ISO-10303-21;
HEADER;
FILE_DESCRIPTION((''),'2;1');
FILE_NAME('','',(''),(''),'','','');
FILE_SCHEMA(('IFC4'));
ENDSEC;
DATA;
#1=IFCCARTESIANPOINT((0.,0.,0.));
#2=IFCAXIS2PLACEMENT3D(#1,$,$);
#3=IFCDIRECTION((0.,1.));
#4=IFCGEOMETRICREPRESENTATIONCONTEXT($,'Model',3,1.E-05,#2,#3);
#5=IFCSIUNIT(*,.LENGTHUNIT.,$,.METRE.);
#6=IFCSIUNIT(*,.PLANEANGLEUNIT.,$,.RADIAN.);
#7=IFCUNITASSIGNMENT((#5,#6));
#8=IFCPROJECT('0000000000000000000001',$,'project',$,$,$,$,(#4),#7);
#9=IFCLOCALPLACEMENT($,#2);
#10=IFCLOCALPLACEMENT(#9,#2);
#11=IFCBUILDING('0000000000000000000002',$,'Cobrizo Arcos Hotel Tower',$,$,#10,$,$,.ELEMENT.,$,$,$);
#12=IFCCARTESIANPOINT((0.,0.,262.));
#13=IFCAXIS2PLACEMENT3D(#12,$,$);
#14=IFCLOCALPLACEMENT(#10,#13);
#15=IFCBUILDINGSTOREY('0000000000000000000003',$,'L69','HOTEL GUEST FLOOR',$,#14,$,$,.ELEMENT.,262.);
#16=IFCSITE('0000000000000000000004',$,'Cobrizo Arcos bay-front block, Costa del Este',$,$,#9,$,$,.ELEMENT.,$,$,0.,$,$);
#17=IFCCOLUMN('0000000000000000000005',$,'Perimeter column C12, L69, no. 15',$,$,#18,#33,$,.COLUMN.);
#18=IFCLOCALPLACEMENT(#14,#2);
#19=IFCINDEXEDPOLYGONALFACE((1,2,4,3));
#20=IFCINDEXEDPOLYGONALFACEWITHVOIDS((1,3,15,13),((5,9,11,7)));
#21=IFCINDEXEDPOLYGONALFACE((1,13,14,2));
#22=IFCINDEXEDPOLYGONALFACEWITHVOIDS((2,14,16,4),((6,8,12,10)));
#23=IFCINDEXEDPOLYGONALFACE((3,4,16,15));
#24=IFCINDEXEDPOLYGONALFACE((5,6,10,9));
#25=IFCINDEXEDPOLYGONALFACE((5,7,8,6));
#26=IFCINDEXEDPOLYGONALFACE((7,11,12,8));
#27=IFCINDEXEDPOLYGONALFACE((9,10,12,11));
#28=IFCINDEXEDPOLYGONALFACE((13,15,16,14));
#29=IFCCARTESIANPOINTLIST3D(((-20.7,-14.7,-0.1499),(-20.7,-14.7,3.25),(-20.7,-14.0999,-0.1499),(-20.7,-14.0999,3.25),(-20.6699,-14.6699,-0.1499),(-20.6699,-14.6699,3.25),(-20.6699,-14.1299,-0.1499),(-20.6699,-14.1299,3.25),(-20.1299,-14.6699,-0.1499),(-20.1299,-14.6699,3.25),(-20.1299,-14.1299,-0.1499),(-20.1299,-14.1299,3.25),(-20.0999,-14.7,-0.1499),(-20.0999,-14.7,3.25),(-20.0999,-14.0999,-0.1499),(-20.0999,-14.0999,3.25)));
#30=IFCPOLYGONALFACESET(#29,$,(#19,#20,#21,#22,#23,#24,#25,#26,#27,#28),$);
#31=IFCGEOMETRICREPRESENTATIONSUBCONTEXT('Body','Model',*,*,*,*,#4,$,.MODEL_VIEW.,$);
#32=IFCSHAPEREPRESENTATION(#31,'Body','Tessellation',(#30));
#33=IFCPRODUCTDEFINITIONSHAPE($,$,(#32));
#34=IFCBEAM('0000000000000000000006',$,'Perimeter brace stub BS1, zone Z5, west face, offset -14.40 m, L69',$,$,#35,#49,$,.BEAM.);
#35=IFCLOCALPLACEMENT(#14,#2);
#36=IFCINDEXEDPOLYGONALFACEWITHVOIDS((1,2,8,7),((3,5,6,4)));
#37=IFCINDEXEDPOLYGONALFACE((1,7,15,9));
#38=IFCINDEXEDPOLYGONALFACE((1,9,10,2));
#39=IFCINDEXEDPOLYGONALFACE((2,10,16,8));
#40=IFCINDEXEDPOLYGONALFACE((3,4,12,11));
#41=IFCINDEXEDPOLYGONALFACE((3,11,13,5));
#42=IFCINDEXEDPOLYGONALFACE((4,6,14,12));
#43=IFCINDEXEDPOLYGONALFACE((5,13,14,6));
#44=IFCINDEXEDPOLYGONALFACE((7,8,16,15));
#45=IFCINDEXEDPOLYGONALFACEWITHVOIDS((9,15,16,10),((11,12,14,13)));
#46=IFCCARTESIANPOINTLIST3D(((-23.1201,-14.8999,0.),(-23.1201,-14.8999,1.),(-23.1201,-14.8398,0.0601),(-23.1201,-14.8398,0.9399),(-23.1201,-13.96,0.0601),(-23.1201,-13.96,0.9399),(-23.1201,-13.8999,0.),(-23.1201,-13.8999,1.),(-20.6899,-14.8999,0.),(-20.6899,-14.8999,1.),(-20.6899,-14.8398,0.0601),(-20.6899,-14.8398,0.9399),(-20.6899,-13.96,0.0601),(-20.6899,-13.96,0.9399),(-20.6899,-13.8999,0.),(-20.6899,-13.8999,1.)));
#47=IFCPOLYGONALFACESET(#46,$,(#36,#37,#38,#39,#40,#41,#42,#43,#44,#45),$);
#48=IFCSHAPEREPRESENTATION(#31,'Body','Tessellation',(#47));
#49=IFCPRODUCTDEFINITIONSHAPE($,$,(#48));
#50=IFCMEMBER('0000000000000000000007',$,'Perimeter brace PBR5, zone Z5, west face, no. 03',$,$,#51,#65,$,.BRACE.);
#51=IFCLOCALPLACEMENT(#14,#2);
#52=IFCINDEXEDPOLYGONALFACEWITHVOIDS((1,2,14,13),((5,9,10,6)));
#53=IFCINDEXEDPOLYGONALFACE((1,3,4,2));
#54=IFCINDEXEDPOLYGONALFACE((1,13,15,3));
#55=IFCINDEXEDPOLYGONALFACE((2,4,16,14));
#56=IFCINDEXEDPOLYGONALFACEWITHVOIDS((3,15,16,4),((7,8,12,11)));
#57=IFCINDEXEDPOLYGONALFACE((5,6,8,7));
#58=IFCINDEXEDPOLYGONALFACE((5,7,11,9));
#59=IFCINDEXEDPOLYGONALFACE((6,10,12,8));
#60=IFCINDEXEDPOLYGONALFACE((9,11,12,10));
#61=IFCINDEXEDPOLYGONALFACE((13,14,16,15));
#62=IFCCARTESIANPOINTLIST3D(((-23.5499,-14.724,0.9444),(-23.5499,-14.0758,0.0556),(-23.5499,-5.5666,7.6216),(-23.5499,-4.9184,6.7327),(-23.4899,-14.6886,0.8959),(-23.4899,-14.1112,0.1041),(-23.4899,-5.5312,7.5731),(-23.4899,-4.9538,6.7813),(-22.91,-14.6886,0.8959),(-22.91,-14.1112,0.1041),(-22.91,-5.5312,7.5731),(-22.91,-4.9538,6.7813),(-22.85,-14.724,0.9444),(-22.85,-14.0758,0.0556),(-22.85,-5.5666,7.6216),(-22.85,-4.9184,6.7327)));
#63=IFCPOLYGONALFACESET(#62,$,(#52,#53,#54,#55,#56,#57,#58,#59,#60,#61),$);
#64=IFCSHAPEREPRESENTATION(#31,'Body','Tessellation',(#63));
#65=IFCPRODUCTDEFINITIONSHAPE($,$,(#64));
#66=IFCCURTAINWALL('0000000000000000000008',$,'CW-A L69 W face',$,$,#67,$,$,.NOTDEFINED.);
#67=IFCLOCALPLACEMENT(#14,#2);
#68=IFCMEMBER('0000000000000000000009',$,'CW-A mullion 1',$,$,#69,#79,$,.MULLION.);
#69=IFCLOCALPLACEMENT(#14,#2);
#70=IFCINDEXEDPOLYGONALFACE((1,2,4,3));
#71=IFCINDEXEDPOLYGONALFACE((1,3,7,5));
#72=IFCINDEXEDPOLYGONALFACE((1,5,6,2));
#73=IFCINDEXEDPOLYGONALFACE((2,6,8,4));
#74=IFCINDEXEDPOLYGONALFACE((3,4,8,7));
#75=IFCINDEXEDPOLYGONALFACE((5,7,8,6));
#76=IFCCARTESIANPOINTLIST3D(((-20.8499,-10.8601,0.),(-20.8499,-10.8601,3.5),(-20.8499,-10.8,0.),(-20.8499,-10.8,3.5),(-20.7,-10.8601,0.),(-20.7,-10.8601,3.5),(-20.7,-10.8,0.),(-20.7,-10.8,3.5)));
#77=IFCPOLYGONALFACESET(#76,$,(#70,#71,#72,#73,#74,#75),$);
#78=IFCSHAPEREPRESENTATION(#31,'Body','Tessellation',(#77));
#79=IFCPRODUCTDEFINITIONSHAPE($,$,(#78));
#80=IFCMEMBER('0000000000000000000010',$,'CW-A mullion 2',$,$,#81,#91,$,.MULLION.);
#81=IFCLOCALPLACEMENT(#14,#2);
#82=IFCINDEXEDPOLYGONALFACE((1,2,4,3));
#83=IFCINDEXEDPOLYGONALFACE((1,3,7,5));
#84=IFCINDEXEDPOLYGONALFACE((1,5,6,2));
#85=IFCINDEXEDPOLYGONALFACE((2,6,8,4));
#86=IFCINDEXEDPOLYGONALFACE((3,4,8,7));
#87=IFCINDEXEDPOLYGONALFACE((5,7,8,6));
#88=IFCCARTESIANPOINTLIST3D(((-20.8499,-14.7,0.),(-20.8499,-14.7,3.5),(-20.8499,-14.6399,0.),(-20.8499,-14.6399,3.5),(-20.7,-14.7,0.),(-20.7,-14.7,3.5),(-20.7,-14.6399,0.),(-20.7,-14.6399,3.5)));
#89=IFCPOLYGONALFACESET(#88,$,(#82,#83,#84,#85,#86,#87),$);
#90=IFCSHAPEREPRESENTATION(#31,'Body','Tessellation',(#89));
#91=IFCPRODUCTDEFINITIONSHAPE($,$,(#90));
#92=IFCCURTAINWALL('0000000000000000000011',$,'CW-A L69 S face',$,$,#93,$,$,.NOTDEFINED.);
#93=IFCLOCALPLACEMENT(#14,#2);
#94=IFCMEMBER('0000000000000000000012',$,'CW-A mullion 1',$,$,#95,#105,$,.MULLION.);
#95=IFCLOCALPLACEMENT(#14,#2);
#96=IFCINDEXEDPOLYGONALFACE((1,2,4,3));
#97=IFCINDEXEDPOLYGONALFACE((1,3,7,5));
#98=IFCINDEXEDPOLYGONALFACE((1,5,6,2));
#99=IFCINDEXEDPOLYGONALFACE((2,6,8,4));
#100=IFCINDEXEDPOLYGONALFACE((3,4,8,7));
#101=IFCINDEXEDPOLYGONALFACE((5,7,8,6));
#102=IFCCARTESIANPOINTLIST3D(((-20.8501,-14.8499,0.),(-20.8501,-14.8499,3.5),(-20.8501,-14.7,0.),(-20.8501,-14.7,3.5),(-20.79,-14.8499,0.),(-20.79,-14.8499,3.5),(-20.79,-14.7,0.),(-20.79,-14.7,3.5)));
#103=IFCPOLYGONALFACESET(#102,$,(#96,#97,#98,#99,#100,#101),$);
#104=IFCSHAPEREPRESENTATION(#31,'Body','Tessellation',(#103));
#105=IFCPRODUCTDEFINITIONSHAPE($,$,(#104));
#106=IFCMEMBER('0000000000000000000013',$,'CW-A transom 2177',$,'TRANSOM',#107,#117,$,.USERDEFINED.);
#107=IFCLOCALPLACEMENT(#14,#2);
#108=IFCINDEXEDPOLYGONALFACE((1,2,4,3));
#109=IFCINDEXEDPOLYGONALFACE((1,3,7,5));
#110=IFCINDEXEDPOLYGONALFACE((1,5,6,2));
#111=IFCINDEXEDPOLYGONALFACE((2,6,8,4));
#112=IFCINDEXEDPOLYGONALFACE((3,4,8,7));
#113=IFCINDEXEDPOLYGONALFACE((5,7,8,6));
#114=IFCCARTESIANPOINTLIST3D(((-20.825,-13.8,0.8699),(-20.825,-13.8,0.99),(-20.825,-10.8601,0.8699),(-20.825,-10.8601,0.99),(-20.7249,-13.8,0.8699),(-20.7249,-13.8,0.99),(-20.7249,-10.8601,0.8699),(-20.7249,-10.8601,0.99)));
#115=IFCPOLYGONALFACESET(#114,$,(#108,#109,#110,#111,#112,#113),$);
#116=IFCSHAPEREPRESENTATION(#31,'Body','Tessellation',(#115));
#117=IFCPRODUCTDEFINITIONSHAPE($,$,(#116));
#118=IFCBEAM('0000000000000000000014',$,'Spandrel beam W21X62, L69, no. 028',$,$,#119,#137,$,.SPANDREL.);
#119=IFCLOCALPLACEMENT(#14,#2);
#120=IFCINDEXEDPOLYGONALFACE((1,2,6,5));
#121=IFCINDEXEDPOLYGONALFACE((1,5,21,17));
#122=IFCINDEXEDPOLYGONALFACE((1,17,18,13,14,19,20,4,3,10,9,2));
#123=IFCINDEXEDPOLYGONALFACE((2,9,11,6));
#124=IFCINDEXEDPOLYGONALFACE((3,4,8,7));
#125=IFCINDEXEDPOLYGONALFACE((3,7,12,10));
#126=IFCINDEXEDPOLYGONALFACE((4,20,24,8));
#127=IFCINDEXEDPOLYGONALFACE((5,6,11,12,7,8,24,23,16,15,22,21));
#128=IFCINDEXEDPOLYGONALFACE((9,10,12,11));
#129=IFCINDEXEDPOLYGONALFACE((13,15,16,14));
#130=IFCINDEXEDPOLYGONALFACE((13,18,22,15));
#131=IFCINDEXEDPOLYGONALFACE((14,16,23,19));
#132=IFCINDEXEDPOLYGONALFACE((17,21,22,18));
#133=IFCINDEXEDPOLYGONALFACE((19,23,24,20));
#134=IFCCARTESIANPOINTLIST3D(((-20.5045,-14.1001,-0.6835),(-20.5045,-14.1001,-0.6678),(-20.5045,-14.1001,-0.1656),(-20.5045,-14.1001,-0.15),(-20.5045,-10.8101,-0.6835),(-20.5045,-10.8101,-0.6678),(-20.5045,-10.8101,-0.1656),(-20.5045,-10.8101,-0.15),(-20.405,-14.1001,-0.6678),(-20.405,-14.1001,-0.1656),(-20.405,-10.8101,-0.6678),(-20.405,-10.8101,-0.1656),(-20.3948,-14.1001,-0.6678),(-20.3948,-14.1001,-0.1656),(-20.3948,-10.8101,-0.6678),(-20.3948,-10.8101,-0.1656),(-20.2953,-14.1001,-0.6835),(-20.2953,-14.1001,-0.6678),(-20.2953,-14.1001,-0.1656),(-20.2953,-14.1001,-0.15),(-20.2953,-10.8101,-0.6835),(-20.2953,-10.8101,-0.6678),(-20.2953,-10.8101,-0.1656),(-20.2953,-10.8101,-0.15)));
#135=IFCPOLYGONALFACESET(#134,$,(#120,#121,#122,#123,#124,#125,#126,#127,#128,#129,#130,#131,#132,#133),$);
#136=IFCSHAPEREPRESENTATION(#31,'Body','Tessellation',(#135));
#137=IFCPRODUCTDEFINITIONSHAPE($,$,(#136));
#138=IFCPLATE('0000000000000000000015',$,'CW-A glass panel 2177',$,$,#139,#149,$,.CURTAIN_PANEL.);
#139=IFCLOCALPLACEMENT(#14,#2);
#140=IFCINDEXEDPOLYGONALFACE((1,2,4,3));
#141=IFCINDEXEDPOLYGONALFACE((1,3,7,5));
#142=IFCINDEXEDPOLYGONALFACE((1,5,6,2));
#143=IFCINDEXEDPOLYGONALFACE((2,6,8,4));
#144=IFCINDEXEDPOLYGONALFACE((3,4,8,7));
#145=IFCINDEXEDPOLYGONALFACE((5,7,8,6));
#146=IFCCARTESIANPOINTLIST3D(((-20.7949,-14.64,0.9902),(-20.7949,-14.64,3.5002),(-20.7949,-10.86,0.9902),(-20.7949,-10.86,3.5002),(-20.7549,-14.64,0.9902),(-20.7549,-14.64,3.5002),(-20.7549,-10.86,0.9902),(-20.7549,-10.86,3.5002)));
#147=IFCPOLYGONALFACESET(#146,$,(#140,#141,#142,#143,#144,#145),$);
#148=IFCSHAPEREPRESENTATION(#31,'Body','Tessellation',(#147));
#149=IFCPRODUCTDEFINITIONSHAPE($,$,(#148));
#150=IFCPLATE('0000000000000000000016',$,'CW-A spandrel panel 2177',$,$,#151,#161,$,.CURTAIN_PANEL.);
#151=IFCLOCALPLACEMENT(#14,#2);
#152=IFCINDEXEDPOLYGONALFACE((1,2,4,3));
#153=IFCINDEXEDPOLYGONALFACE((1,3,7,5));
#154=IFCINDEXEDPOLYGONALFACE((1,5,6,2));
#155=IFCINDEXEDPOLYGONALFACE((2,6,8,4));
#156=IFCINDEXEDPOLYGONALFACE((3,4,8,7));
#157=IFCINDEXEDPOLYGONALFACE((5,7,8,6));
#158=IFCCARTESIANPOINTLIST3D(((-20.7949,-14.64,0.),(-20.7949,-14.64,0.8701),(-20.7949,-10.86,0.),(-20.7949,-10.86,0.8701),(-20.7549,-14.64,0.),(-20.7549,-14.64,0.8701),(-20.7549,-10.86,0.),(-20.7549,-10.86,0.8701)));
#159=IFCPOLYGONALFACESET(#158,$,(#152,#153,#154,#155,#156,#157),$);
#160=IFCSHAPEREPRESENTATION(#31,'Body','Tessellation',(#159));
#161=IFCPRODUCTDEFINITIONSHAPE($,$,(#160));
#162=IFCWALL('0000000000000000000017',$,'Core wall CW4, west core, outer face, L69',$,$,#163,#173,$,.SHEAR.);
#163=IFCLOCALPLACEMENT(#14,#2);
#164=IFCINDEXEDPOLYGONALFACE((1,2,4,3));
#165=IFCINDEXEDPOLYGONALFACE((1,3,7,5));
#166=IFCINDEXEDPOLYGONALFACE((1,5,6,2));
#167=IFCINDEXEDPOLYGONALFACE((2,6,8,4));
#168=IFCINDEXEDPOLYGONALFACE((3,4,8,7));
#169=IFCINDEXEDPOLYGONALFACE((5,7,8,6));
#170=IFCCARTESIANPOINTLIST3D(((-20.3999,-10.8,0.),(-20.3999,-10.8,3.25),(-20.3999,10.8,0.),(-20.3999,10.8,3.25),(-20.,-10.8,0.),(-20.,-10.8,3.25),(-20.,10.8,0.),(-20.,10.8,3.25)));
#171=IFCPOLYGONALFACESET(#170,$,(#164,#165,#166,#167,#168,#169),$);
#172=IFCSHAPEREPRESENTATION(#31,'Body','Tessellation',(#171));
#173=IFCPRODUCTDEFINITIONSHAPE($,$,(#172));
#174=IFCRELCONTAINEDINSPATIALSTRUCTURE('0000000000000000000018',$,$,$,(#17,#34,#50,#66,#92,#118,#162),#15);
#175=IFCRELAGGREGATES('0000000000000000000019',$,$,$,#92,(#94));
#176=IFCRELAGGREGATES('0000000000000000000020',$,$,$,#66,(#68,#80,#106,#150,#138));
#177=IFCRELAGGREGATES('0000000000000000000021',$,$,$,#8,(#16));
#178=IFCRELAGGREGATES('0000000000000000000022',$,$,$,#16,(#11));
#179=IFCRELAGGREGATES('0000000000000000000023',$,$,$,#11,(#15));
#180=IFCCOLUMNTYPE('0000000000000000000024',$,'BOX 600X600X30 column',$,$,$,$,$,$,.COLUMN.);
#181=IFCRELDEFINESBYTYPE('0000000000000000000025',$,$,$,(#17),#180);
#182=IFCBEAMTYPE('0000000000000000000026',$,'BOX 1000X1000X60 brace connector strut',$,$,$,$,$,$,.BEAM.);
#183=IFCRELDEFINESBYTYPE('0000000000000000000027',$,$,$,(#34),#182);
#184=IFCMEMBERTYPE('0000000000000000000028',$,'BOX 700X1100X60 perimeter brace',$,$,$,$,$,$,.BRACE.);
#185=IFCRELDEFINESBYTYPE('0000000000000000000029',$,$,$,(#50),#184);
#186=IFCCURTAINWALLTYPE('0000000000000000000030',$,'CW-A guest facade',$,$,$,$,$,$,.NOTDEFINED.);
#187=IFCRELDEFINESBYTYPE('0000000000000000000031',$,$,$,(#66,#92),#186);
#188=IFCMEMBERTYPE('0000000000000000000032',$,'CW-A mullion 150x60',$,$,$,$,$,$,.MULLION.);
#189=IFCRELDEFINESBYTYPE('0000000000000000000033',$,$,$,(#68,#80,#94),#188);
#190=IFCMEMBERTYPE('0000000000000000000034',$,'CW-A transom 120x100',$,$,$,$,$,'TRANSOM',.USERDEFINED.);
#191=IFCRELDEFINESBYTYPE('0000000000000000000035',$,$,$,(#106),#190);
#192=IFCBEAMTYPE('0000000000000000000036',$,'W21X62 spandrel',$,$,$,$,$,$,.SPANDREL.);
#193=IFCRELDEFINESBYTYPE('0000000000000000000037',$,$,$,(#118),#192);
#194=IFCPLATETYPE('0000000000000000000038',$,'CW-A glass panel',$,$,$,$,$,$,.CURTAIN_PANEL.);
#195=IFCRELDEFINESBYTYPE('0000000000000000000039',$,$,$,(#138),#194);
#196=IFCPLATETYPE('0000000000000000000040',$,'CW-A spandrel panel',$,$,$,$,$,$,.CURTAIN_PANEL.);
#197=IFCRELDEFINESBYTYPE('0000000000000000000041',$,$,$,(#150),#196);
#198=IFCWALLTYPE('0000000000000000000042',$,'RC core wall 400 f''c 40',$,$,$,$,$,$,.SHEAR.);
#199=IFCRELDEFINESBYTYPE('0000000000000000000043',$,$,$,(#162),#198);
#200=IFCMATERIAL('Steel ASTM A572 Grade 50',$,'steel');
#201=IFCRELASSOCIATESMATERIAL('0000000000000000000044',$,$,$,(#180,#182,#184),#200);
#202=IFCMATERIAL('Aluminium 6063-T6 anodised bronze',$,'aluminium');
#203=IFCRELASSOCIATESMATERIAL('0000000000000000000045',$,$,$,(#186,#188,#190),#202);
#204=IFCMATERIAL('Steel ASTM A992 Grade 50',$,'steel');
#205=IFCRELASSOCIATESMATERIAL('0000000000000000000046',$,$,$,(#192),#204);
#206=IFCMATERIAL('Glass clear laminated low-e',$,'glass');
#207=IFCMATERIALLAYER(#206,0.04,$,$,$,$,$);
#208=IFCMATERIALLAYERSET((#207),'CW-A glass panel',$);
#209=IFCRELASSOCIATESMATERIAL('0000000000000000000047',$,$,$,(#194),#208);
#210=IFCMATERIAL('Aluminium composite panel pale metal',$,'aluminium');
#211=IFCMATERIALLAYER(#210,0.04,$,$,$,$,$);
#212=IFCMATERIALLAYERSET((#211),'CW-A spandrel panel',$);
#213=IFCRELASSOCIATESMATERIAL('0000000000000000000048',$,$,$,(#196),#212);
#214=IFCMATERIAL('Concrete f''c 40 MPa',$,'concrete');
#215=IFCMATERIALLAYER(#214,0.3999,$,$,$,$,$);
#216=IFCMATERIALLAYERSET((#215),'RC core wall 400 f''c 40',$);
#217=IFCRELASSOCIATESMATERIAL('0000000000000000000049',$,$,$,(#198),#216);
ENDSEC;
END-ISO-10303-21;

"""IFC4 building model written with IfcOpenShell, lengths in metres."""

from ifc_helpers import new_model, si_unit, direction, frame, frame_2d, origin, origin_2d, place, context, subcontext, project, spatial, rectangle, hollow_rectangle, i_section, extrude, material, layer, layer_set, material_profile, profile_set, type_object, element, aggregate, save


model = new_model("IFC4")

# Units and contexts
model_context = context("Model", 3, precision=1e-05, world=origin(), true_north=direction((0.0, 1.0)))
body_context = subcontext(model_context, "Body", "Model", "MODEL_VIEW")
ifc_project = project(units=[si_unit("LENGTHUNIT", "METRE"), si_unit("PLANEANGLEUNIT", "RADIAN")], contexts=[model_context])

# Site, building, storey
site_placement = place(None, origin())
site = spatial("IfcSite", under=ifc_project, at=site_placement, Name="Cobrizo Arcos bay-front block, Costa del Este", CompositionType="ELEMENT", RefElevation=0.0)
building_placement = place(site_placement, origin())
building = spatial("IfcBuilding", under=site, at=building_placement, Name="Cobrizo Arcos Hotel Tower", CompositionType="ELEMENT")
storey_placement = place(building_placement, frame((0.0, 0.0, 262.0)))
storey = spatial("IfcBuildingStorey", under=building, at=storey_placement, Name="L69", Description="HOTEL GUEST FLOOR", CompositionType="ELEMENT", Elevation=262.0)

# Column
ifc_material_1 = material(Name="Steel ASTM A572 Grade 50", Category="steel")
ifc_material_profile_1 = material_profile(ifc_material_1, hollow_rectangle(XDim=0.6001, YDim=0.6001, WallThickness=0.03, at=origin_2d()), Name="BOX 600X600X30")
ifc_profile_set_1 = profile_set([ifc_material_profile_1], Name="Steel ASTM A572 Grade 50")
column_type = type_object("IfcColumnType", Name="BOX 600X600X30 column", PredefinedType="COLUMN", material=ifc_profile_set_1)
column_placement = place(storey_placement, frame((-20.3999, -14.3999, -0.1499), z_axis=(0.0, 0.0, 1.0), x_axis=(1.0, 0.0, 0.0)))
element("IfcColumn", 1, at=column_placement, inside=storey, type_object=column_type, Name="Perimeter column C12, L69, no. 15", PredefinedType="COLUMN", context=body_context, shape_type="SweptSolid", body=[
    extrude(hollow_rectangle(XDim=0.6001, YDim=0.6001, WallThickness=0.03, at=origin_2d()), origin(), (0.0, 0.0, 1.0), 3.3999),
])

# Beam
ifc_material_profile_2 = material_profile(ifc_material_1, hollow_rectangle(XDim=1.0, YDim=1.0, WallThickness=0.0601, at=origin_2d()), Name="BOX 1000X1000X60")
ifc_profile_set_2 = profile_set([ifc_material_profile_2], Name="Steel ASTM A572 Grade 50")
beam_type_1 = type_object("IfcBeamType", Name="BOX 1000X1000X60 brace connector strut", PredefinedType="BEAM", material=ifc_profile_set_2)
beam_1_placement = place(storey_placement, frame((-20.6899, -14.3999, 0.5), z_axis=(-1.0, 0.0, 0.0), x_axis=(0.0, -1.0, 0.0)))
element("IfcBeam", 2, at=beam_1_placement, inside=storey, type_object=beam_type_1, Name="Perimeter brace stub BS1, zone Z5, west face, offset -14.40 m, L69", PredefinedType="BEAM", context=body_context, shape_type="SweptSolid", body=[
    extrude(hollow_rectangle(XDim=1.0, YDim=1.0, WallThickness=0.0601, at=origin_2d()), origin(), (0.0, 0.0, 1.0), 2.4302),
])

# Member
ifc_material_profile_3 = material_profile(ifc_material_1, hollow_rectangle(XDim=0.7, YDim=1.1001, WallThickness=0.0601, at=origin_2d()), Name="BOX 700X1100X60")
ifc_profile_set_3 = profile_set([ifc_material_profile_3], Name="Steel ASTM A572 Grade 50")
member_type_1 = type_object("IfcMemberType", Name="BOX 700X1100X60 perimeter brace", PredefinedType="BRACE", material=ifc_profile_set_3)
member_1_placement = place(storey_placement, frame((-23.2, -14.3999, 0.5), z_axis=(0.0, 0.808011, 0.589168), x_axis=(-1.0, 0.0, 0.0)))
element("IfcMember", 3, at=member_1_placement, inside=storey, type_object=member_type_1, Name="Perimeter brace PBR5, zone Z5, west face, no. 03", PredefinedType="BRACE", context=body_context, shape_type="SweptSolid", body=[
    extrude(hollow_rectangle(XDim=0.7, YDim=1.1001, WallThickness=0.0601, at=origin_2d()), origin(), (0.0, 0.0, 1.0), 11.3333),
])

# Curtain wall, members
ifc_material_2 = material(Name="Aluminium 6063-T6 anodised bronze", Category="aluminium")
curtain_wall_type = type_object("IfcCurtainWallType", Name="CW-A guest facade", PredefinedType="NOTDEFINED", material=ifc_material_2)
curtain_wall_1_placement = place(storey_placement, origin())
curtain_wall_1 = element("IfcCurtainWall", 4, at=curtain_wall_1_placement, inside=storey, type_object=curtain_wall_type, Name="CW-A L69 W face", PredefinedType="NOTDEFINED")
ifc_material_profile_4 = material_profile(ifc_material_2, rectangle(XDim=0.1499, YDim=0.0601, at=origin_2d()), Name="CW-A mullion 150x60")
ifc_profile_set_4 = profile_set([ifc_material_profile_4], Name="Aluminium 6063-T6 anodised bronze")
member_type_2 = type_object("IfcMemberType", Name="CW-A mullion 150x60", PredefinedType="MULLION", material=ifc_profile_set_4)
member_2_placement = place(storey_placement, frame((-20.7749, -10.8301, 0.0), z_axis=(0.0, 0.0, 1.0), x_axis=(-1.0, 0.0, 0.0)))
member_2 = element("IfcMember", 5, at=member_2_placement, type_object=member_type_2, Name="CW-A mullion 1", PredefinedType="MULLION", context=body_context, shape_type="SweptSolid", body=[
    extrude(rectangle(XDim=0.1499, YDim=0.0601, at=origin_2d()), origin(), (0.0, 0.0, 1.0), 3.5),
])
member_3_placement = place(storey_placement, frame((-20.7749, -14.6699, 0.0), z_axis=(0.0, 0.0, 1.0), x_axis=(-1.0, 0.0, 0.0)))
member_3 = element("IfcMember", 6, at=member_3_placement, type_object=member_type_2, Name="CW-A mullion 2", PredefinedType="MULLION", context=body_context, shape_type="SweptSolid", body=[
    extrude(rectangle(XDim=0.1499, YDim=0.0601, at=origin_2d()), origin(), (0.0, 0.0, 1.0), 3.5),
])

# Curtain wall, member
curtain_wall_2_placement = place(storey_placement, origin())
curtain_wall_2 = element("IfcCurtainWall", 7, at=curtain_wall_2_placement, inside=storey, type_object=curtain_wall_type, Name="CW-A L69 S face", PredefinedType="NOTDEFINED")
member_4_placement = place(storey_placement, frame((-20.8201, -14.7749, 0.0), z_axis=(0.0, 0.0, 1.0), x_axis=(0.0, -1.0, 0.0)))
member_4 = element("IfcMember", 8, at=member_4_placement, type_object=member_type_2, Name="CW-A mullion 1", PredefinedType="MULLION", context=body_context, shape_type="SweptSolid", body=[
    extrude(rectangle(XDim=0.1499, YDim=0.0601, at=origin_2d()), origin(), (0.0, 0.0, 1.0), 3.5),
])
aggregate(curtain_wall_2, [member_4])

# Member
ifc_material_profile_5 = material_profile(ifc_material_2, rectangle(XDim=0.1001, YDim=0.1201, at=origin_2d()), Name="CW-A transom 120x100")
ifc_profile_set_5 = profile_set([ifc_material_profile_5], Name="Aluminium 6063-T6 anodised bronze")
member_type_3 = type_object("IfcMemberType", Name="CW-A transom 120x100", ElementType="TRANSOM", PredefinedType="USERDEFINED", material=ifc_profile_set_5)
member_5_placement = place(storey_placement, frame((-20.7749, -10.8601, 0.9299), z_axis=(0.0, -1.0, 0.0), x_axis=(1.0, 0.0, 0.0)))
member_5 = element("IfcMember", 9, at=member_5_placement, type_object=member_type_3, Name="CW-A transom 2177", ObjectType="TRANSOM", PredefinedType="USERDEFINED", context=body_context, shape_type="SweptSolid", body=[
    extrude(rectangle(XDim=0.1001, YDim=0.1201, at=origin_2d()), origin(), (0.0, 0.0, 1.0), 2.9399),
])

# Beam
ifc_material_3 = material(Name="Steel ASTM A992 Grade 50", Category="steel")
ifc_material_profile_6 = material_profile(ifc_material_3, i_section(OverallWidth=0.2092, OverallDepth=0.5334, WebThickness=0.0103, FlangeThickness=0.0156, at=origin_2d()), Name="W21X62")
ifc_profile_set_6 = profile_set([ifc_material_profile_6], Name="Steel ASTM A992 Grade 50")
beam_type_2 = type_object("IfcBeamType", Name="W21X62 spandrel", PredefinedType="SPANDREL", material=ifc_profile_set_6)
beam_2_placement = place(storey_placement, frame((-20.3999, -10.8101, -0.4167), z_axis=(0.0, -1.0, 0.0), x_axis=(1.0, 0.0, 0.0)))
element("IfcBeam", 10, at=beam_2_placement, inside=storey, type_object=beam_type_2, Name="Spandrel beam W21X62, L69, no. 028", PredefinedType="SPANDREL", context=body_context, shape_type="SweptSolid", body=[
    extrude(i_section(OverallWidth=0.2092, OverallDepth=0.5334, WebThickness=0.0103, FlangeThickness=0.0156, at=origin_2d()), origin(), (0.0, 0.0, 1.0), 3.29),
])

# Plates
ifc_material_4 = material(Name="Glass clear laminated low-e", Category="glass")
ifc_layer_1 = layer(ifc_material_4, 0.04)
ifc_layer_set_1 = layer_set([ifc_layer_1], Name="CW-A glass panel")
plate_type_1 = type_object("IfcPlateType", Name="CW-A glass panel", PredefinedType="CURTAIN_PANEL", material=ifc_layer_set_1)
plate_1_placement = place(storey_placement, frame((-20.7749, -12.75, 0.9902), z_axis=(0.0, 0.0, 1.0), x_axis=(0.0, -1.0, 0.0)))
plate_1 = element("IfcPlate", 11, at=plate_1_placement, type_object=plate_type_1, Name="CW-A glass panel 2177", PredefinedType="CURTAIN_PANEL", context=body_context, shape_type="SweptSolid", body=[
    extrude(rectangle(XDim=3.78, YDim=0.04, at=origin_2d()), origin(), (0.0, 0.0, 1.0), 2.51),
])
ifc_material_5 = material(Name="Aluminium composite panel pale metal", Category="aluminium")
ifc_layer_2 = layer(ifc_material_5, 0.04)
ifc_layer_set_2 = layer_set([ifc_layer_2], Name="CW-A spandrel panel")
plate_type_2 = type_object("IfcPlateType", Name="CW-A spandrel panel", PredefinedType="CURTAIN_PANEL", material=ifc_layer_set_2)
plate_2_placement = place(storey_placement, frame((-20.7749, -12.75, 0.0), z_axis=(0.0, 0.0, 1.0), x_axis=(0.0, -1.0, 0.0)))
plate_2 = element("IfcPlate", 12, at=plate_2_placement, type_object=plate_type_2, Name="CW-A spandrel panel 2177", PredefinedType="CURTAIN_PANEL", context=body_context, shape_type="SweptSolid", body=[
    extrude(rectangle(XDim=3.78, YDim=0.04, at=origin_2d()), origin(), (0.0, 0.0, 1.0), 0.8701),
])
aggregate(curtain_wall_1, [member_2, member_3, member_5, plate_2, plate_1])

# Wall
ifc_material_6 = material(Name="Concrete f'c 40 MPa", Category="concrete")
ifc_layer_3 = layer(ifc_material_6, 0.3999)
ifc_layer_set_3 = layer_set([ifc_layer_3], Name="RC core wall 400 f'c 40")
wall_type = type_object("IfcWallType", Name="RC core wall 400 f'c 40", PredefinedType="SHEAR", material=ifc_layer_set_3)
wall_placement = place(storey_placement, frame((-20.2, -10.8, 0.0), z_axis=(0.0, 0.0, 1.0), x_axis=(0.0, 1.0, 0.0)))
element("IfcWall", 13, at=wall_placement, inside=storey, type_object=wall_type, Name="Core wall CW4, west core, outer face, L69", PredefinedType="SHEAR", context=body_context, shape_type="SweptSolid", body=[
    extrude(rectangle(XDim=21.6001, YDim=0.3999, at=frame_2d((10.8, 0.0))), origin(), (0.0, 0.0, 1.0), 3.25),
])

save(model, "model.ifc")
